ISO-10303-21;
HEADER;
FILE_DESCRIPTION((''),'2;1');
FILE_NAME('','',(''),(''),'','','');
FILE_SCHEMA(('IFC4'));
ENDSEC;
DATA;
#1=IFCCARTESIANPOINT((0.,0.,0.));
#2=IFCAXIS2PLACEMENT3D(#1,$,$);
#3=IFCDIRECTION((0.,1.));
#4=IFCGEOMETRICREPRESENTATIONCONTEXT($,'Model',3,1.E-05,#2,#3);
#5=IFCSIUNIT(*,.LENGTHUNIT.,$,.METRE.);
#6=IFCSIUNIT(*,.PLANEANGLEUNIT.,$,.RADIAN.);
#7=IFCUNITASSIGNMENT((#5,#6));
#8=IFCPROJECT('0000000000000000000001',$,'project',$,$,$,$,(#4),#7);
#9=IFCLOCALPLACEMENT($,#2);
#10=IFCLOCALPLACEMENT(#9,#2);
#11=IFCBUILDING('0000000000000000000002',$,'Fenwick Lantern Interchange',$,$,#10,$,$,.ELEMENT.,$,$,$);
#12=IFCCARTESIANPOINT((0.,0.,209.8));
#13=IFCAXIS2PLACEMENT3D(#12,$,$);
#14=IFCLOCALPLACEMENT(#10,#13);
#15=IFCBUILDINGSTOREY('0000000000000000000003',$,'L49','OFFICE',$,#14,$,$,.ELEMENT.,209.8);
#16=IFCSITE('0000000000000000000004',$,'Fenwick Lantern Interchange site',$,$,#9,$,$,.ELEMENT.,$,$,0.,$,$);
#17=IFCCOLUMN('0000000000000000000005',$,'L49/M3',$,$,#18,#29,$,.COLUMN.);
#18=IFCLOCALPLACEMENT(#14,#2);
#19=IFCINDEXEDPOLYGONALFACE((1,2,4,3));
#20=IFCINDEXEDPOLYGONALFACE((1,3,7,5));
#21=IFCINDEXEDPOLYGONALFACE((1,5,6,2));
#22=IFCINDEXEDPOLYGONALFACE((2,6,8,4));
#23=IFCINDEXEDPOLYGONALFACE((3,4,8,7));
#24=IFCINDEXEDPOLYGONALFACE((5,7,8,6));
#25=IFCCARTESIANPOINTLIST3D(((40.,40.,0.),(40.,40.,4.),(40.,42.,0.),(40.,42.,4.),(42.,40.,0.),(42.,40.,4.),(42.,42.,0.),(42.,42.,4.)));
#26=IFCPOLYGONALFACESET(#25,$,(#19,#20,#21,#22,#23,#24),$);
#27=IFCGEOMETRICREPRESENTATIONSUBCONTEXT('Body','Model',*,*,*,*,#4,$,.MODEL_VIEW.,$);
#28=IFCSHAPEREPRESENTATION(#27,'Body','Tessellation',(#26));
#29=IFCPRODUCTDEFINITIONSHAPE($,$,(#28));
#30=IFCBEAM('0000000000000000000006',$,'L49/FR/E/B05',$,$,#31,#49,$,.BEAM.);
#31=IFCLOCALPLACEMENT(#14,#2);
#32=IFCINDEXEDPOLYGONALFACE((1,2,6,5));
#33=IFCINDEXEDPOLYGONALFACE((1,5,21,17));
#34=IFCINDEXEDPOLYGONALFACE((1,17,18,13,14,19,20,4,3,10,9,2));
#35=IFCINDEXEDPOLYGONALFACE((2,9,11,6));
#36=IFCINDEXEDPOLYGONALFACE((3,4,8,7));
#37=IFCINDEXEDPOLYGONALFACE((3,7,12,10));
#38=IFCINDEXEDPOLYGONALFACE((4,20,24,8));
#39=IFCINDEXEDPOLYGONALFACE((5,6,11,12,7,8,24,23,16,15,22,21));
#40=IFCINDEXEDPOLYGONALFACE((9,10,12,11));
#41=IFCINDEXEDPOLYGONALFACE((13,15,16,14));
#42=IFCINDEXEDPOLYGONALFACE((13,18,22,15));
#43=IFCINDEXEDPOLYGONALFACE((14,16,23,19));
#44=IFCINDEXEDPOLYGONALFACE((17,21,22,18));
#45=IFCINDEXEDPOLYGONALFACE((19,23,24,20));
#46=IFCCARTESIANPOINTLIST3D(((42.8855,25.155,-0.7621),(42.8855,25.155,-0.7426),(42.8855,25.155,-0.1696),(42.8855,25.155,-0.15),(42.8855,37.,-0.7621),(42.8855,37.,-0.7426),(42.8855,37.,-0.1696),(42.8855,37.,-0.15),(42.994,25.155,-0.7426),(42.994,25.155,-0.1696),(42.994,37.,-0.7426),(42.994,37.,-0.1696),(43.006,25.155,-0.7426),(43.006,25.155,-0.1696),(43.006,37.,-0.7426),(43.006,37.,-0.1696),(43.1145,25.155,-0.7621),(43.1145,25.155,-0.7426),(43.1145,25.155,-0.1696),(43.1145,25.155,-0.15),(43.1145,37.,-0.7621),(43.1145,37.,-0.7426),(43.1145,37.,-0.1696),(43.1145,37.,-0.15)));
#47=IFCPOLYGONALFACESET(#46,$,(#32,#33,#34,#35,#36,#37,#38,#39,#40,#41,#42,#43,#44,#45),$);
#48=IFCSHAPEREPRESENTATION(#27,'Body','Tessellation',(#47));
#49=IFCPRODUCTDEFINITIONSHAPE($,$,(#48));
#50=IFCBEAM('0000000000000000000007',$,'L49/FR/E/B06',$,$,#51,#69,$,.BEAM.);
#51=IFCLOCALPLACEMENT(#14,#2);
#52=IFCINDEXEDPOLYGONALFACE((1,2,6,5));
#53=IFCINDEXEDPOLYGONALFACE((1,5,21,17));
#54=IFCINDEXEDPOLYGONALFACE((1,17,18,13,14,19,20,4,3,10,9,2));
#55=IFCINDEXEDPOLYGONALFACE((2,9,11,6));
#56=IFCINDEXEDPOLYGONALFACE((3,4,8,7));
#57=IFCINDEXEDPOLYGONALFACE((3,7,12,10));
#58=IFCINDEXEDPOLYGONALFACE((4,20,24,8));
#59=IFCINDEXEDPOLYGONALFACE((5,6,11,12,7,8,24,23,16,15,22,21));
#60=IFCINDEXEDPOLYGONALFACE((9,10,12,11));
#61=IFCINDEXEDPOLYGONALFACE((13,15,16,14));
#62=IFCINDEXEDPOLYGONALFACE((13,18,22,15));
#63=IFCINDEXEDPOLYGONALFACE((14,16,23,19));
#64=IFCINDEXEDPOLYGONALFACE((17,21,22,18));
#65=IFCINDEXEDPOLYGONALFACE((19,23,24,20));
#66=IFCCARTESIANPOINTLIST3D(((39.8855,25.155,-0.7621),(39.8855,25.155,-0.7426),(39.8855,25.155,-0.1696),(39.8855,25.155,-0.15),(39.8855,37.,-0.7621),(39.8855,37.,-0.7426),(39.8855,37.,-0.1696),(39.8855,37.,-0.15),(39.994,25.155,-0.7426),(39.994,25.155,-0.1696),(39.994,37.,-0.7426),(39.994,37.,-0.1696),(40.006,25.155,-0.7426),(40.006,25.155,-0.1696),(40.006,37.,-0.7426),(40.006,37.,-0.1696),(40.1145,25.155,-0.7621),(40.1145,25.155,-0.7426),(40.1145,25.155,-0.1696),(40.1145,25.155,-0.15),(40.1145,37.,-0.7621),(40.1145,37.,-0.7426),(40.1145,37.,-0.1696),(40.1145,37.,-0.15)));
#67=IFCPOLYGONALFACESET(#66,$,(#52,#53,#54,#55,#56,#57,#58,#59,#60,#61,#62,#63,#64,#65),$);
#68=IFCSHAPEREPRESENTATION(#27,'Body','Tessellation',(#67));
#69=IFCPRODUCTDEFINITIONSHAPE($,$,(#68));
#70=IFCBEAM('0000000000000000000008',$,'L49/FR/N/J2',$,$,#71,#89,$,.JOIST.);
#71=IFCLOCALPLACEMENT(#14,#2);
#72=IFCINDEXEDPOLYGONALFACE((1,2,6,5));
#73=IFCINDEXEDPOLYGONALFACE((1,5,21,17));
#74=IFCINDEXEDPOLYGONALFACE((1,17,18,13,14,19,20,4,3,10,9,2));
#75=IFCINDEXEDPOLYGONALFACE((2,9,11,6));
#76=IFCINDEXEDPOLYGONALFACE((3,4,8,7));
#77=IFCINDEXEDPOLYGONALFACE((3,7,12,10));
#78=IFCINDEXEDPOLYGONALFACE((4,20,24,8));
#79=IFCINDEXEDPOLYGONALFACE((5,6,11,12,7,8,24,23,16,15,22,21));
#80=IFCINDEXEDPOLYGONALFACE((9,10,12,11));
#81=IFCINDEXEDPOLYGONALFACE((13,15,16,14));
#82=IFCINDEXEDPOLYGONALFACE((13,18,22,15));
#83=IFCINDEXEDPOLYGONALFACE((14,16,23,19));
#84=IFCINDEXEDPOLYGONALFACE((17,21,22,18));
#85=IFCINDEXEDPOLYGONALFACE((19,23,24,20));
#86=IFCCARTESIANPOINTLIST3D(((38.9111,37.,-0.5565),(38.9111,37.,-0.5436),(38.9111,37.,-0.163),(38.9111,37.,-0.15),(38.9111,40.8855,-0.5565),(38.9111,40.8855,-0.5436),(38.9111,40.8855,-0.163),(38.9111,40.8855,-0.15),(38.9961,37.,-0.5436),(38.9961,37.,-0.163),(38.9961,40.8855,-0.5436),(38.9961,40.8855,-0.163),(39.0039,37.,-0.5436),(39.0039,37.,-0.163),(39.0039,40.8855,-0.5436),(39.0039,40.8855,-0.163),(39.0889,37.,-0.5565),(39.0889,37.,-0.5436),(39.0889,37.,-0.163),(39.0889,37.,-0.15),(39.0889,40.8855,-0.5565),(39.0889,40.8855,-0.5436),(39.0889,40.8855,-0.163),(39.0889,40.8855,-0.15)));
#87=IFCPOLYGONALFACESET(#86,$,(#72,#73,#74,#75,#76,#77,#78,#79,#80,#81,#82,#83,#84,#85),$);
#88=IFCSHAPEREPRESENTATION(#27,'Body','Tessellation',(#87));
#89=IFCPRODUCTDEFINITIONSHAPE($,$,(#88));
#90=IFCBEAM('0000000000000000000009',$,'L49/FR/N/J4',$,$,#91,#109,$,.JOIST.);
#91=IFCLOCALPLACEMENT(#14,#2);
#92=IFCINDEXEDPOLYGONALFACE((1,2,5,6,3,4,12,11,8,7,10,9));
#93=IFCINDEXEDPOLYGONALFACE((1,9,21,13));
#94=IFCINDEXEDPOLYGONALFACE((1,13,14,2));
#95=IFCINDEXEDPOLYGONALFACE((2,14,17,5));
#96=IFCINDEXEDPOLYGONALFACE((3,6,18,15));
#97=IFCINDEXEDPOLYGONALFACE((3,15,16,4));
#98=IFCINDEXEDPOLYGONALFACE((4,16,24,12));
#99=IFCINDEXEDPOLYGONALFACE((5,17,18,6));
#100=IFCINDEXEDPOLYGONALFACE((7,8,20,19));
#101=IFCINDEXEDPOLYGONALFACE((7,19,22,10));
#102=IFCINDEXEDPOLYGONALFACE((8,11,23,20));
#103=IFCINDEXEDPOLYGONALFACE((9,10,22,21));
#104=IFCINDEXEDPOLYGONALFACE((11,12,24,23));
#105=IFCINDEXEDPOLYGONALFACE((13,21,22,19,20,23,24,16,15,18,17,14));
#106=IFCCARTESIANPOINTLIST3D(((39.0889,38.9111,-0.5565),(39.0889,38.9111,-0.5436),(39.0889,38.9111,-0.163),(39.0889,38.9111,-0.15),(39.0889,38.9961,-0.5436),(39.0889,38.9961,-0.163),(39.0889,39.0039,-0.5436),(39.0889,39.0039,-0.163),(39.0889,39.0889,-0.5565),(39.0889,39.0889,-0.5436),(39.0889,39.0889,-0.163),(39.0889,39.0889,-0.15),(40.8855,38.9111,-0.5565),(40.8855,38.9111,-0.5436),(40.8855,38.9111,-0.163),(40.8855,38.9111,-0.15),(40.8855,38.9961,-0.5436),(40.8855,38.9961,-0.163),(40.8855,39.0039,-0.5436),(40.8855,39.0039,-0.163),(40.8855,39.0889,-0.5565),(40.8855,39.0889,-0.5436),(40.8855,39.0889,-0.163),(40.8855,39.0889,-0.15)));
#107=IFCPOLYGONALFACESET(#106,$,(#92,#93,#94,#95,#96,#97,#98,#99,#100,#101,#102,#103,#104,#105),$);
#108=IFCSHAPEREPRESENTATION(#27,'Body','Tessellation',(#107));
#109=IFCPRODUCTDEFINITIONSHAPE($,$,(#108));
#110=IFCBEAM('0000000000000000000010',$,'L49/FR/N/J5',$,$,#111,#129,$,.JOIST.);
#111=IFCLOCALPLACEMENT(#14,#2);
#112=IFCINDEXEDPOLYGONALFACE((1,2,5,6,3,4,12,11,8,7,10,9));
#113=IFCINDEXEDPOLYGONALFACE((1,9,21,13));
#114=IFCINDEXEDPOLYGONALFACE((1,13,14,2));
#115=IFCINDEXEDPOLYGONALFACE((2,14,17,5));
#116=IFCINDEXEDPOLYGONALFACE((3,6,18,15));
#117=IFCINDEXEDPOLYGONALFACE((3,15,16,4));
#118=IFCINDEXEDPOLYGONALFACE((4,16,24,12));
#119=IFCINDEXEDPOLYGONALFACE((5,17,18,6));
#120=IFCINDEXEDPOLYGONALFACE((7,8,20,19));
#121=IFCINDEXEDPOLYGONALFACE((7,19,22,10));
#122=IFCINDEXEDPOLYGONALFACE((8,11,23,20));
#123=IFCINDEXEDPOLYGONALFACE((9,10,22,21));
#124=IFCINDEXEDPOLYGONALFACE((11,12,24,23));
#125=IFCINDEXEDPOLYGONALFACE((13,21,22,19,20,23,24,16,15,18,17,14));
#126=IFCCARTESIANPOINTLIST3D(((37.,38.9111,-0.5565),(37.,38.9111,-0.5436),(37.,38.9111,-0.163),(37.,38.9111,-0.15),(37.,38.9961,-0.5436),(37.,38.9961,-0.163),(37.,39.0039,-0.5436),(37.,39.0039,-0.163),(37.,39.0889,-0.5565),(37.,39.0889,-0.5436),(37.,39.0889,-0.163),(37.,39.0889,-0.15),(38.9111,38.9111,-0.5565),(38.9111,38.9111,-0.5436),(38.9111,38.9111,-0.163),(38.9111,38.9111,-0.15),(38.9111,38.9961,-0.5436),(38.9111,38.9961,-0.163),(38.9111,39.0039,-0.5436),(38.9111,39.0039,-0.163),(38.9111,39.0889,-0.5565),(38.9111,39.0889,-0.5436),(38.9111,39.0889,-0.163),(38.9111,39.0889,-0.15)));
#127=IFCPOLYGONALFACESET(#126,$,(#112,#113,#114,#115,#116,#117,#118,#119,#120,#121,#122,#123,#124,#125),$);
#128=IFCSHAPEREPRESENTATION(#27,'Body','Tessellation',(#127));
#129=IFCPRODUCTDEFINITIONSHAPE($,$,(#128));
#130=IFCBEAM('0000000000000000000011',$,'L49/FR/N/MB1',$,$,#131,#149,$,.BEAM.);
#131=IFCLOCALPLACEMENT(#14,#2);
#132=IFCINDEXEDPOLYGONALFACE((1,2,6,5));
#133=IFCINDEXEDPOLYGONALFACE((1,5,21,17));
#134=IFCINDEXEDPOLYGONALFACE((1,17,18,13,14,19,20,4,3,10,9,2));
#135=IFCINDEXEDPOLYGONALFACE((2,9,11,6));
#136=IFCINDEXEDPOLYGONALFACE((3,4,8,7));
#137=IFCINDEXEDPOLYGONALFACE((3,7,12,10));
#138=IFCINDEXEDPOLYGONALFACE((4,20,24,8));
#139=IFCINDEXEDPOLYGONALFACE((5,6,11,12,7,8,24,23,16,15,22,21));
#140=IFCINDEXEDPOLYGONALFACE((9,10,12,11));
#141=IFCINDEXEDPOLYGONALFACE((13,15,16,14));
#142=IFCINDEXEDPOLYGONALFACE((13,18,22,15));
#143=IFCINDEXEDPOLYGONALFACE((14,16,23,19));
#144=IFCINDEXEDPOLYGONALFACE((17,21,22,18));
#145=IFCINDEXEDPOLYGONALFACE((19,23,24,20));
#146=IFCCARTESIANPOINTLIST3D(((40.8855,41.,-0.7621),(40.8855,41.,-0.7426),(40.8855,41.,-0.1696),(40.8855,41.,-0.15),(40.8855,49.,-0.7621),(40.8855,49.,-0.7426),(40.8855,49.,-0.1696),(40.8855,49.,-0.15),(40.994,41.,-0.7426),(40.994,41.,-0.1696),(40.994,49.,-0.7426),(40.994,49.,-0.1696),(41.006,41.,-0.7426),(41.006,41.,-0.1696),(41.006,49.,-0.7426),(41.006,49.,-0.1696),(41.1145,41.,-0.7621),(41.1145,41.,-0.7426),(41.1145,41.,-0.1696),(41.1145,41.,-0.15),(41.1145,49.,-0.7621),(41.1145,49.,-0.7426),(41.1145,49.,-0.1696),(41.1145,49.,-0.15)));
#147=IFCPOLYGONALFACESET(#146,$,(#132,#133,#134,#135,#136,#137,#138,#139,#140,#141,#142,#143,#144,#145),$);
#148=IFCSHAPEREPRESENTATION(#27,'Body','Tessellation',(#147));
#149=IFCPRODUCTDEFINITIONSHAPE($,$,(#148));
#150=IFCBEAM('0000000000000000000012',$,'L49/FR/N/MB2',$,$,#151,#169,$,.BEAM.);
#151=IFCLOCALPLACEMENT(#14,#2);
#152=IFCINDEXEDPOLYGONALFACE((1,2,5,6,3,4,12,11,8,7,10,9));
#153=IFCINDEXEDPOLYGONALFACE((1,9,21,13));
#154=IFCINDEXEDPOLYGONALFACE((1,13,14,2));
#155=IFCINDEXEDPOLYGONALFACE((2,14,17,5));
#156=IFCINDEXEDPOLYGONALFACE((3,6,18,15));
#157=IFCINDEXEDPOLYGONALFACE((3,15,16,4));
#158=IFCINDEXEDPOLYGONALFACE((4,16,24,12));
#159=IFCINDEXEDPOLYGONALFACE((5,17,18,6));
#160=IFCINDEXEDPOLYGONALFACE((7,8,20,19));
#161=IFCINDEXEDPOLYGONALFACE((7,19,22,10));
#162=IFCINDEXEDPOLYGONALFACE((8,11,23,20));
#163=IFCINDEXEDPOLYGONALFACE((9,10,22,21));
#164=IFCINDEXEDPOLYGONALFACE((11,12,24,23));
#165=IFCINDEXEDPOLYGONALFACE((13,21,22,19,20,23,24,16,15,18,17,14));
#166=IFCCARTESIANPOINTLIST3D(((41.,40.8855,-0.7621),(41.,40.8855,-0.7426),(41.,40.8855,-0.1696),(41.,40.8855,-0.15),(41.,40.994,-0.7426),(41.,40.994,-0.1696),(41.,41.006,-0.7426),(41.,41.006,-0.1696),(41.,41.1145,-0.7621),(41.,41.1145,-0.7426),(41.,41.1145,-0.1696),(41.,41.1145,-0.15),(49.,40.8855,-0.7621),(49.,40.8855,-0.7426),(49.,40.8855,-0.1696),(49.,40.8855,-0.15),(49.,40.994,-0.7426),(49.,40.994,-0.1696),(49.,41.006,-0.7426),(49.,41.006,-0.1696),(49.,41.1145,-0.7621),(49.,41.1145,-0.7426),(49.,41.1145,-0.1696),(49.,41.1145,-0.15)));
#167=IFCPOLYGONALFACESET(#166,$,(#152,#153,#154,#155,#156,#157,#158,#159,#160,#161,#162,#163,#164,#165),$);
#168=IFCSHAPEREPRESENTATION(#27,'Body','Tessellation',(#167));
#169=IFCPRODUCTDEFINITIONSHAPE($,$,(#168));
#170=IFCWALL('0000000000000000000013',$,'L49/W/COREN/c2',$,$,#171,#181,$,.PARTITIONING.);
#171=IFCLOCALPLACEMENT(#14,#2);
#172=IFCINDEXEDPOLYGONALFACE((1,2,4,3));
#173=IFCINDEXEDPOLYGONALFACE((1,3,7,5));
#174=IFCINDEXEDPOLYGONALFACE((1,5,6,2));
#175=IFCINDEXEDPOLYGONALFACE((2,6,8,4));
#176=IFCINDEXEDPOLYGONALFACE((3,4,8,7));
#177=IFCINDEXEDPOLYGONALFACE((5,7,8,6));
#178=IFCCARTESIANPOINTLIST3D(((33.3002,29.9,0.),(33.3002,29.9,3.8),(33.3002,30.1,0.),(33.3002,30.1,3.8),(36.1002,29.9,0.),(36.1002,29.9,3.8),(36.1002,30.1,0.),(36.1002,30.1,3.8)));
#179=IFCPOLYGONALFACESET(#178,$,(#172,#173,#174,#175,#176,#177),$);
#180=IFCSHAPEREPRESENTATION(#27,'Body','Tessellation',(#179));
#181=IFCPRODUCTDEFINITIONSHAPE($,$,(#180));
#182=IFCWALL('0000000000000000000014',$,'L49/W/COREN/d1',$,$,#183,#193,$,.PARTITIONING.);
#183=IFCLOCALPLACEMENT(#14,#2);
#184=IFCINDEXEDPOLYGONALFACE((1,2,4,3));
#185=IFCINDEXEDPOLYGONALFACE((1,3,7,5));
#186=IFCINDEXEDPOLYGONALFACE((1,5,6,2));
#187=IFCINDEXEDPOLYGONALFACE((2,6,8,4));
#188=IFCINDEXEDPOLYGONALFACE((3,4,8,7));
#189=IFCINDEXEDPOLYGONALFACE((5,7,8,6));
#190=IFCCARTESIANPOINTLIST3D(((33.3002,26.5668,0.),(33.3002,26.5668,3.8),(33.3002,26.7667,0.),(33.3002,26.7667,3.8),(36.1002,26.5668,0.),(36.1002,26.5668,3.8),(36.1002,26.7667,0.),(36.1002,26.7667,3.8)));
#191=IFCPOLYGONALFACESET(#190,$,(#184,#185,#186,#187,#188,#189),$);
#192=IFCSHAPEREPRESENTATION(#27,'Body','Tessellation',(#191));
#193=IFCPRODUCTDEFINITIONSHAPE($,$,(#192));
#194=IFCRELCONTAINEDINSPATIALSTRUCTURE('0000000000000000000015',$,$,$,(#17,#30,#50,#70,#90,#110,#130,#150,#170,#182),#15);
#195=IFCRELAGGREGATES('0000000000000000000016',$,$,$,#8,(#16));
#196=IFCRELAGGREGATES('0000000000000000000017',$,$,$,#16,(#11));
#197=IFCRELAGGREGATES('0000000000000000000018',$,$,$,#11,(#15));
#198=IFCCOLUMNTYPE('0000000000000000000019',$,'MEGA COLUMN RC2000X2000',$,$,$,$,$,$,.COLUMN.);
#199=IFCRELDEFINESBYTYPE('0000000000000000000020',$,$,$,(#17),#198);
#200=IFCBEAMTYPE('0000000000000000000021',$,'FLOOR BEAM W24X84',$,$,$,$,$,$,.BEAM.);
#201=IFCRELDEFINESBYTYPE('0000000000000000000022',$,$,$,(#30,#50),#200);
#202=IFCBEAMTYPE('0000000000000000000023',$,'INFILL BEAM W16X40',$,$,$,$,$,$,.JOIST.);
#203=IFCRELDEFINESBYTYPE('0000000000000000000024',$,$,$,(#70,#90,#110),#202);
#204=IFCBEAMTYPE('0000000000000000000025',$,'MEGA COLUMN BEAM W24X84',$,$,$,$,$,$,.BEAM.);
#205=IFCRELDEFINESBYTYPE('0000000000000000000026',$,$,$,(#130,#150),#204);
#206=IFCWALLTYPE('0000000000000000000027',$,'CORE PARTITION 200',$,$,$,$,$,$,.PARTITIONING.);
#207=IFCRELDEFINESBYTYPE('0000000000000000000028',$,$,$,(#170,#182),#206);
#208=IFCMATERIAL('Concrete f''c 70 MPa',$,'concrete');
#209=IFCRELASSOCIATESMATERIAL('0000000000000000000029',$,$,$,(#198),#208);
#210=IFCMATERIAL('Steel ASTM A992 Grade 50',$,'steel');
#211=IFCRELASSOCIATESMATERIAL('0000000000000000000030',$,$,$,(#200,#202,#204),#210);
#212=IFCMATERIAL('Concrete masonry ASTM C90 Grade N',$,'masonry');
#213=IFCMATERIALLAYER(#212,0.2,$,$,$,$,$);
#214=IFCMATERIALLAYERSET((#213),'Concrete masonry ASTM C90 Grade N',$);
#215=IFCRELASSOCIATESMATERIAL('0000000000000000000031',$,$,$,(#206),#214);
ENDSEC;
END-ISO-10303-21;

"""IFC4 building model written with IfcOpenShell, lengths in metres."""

from ifc_helpers import new_model, si_unit, direction, frame, frame_2d, origin, origin_2d, place, context, subcontext, project, spatial, rectangle, i_section, extrude, material, layer, layer_set, material_profile, profile_set, type_object, element, save


model = new_model("IFC4")

# Units and contexts
model_context = context("Model", 3, precision=1e-05, world=origin(), true_north=direction((0.0, 1.0)))
body_context = subcontext(model_context, "Body", "Model", "MODEL_VIEW")
ifc_project = project(units=[si_unit("LENGTHUNIT", "METRE"), si_unit("PLANEANGLEUNIT", "RADIAN")], contexts=[model_context])

# Site, building, storey
site_placement = place(None, origin())
site = spatial("IfcSite", under=ifc_project, at=site_placement, Name="Fenwick Lantern Interchange site", CompositionType="ELEMENT", RefElevation=0.0)
building_placement = place(site_placement, origin())
building = spatial("IfcBuilding", under=site, at=building_placement, Name="Fenwick Lantern Interchange", CompositionType="ELEMENT")
storey_placement = place(building_placement, frame((0.0, 0.0, 209.8)))
storey = spatial("IfcBuildingStorey", under=building, at=storey_placement, Name="L49", Description="OFFICE", CompositionType="ELEMENT", Elevation=209.8)

# Column
ifc_material_1 = material(Name="Concrete f'c 70 MPa", Category="concrete")
ifc_material_profile_1 = material_profile(ifc_material_1, rectangle(XDim=2.0, YDim=2.0, at=origin_2d()), Name="RC2000X2000")
ifc_profile_set_1 = profile_set([ifc_material_profile_1], Name="Concrete f'c 70 MPa")
column_type = type_object("IfcColumnType", Name="MEGA COLUMN RC2000X2000", PredefinedType="COLUMN", material=ifc_profile_set_1)
column_placement = place(storey_placement, frame((41.0, 41.0, 0.0), z_axis=(0.0, 0.0, 1.0), x_axis=(1.0, 0.0, 0.0)))
element("IfcColumn", 1, at=column_placement, inside=storey, type_object=column_type, Name="L49/M3", PredefinedType="COLUMN", context=body_context, shape_type="SweptSolid", body=[
    extrude(rectangle(XDim=2.0, YDim=2.0, at=origin_2d()), origin(), (0.0, 0.0, 1.0), 4.0),
])

# Beams
ifc_material_2 = material(Name="Steel ASTM A992 Grade 50", Category="steel")
ifc_material_profile_2 = material_profile(ifc_material_2, i_section(OverallWidth=0.229, OverallDepth=0.6121, WebThickness=0.012, FlangeThickness=0.0195, at=origin_2d()), Name="W24X84")
ifc_profile_set_2 = profile_set([ifc_material_profile_2], Name="Steel ASTM A992 Grade 50")
beam_type_1 = type_object("IfcBeamType", Name="FLOOR BEAM W24X84", PredefinedType="BEAM", material=ifc_profile_set_2)
for number, where, z_axis, x_axis, name in (
    (2, (43.0, 25.155, -0.4561), (0.0, 1.0, 0.0), (-1.0, 0.0, 0.0), "L49/FR/E/B05"),
    (3, (40.0, 25.155, -0.4561), (0.0, 1.0, 0.0), (-1.0, 0.0, 0.0), "L49/FR/E/B06"),
):
    element("IfcBeam", number, at=place(storey_placement, frame(where, z_axis=z_axis, x_axis=x_axis)), inside=storey, type_object=beam_type_1, Name=name, PredefinedType="BEAM", context=body_context, shape_type="SweptSolid", body=[
        extrude(i_section(OverallWidth=0.229, OverallDepth=0.6121, WebThickness=0.012, FlangeThickness=0.0195, at=origin_2d()), origin(), (0.0, 0.0, 1.0), 11.845),
    ])
ifc_material_profile_3 = material_profile(ifc_material_2, i_section(OverallWidth=0.1777, OverallDepth=0.4065, WebThickness=0.0078, FlangeThickness=0.0129, at=origin_2d()), Name="W16X40")
ifc_profile_set_3 = profile_set([ifc_material_profile_3], Name="Steel ASTM A992 Grade 50")
beam_type_2 = type_object("IfcBeamType", Name="INFILL BEAM W16X40", PredefinedType="JOIST", material=ifc_profile_set_3)
beam_1_placement = place(storey_placement, frame((39.0, 40.8855, -0.3533), z_axis=(0.0, -1.0, 0.0), x_axis=(1.0, 0.0, 0.0)))
element("IfcBeam", 4, at=beam_1_placement, inside=storey, type_object=beam_type_2, Name="L49/FR/N/J2", PredefinedType="JOIST", context=body_context, shape_type="SweptSolid", body=[
    extrude(i_section(OverallWidth=0.1777, OverallDepth=0.4065, WebThickness=0.0078, FlangeThickness=0.0129, at=origin_2d()), origin(), (0.0, 0.0, 1.0), 3.8855),
])
beam_2_placement = place(storey_placement, frame((40.8855, 39.0, -0.3533), z_axis=(-1.0, 0.0, 0.0), x_axis=(0.0, -1.0, 0.0)))
element("IfcBeam", 5, at=beam_2_placement, inside=storey, type_object=beam_type_2, Name="L49/FR/N/J4", PredefinedType="JOIST", context=body_context, shape_type="SweptSolid", body=[
    extrude(i_section(OverallWidth=0.1777, OverallDepth=0.4065, WebThickness=0.0078, FlangeThickness=0.0129, at=origin_2d()), origin(), (0.0, 0.0, 1.0), 1.7966),
])
beam_3_placement = place(storey_placement, frame((38.9111, 39.0, -0.3533), z_axis=(-1.0, 0.0, 0.0), x_axis=(0.0, -1.0, 0.0)))
element("IfcBeam", 6, at=beam_3_placement, inside=storey, type_object=beam_type_2, Name="L49/FR/N/J5", PredefinedType="JOIST", context=body_context, shape_type="SweptSolid", body=[
    extrude(i_section(OverallWidth=0.1777, OverallDepth=0.4065, WebThickness=0.0078, FlangeThickness=0.0129, at=origin_2d()), origin(), (0.0, 0.0, 1.0), 1.9111),
])
ifc_material_profile_4 = material_profile(ifc_material_2, i_section(OverallWidth=0.229, OverallDepth=0.6121, WebThickness=0.012, FlangeThickness=0.0195, at=origin_2d()), Name="W24X84")
ifc_profile_set_4 = profile_set([ifc_material_profile_4], Name="Steel ASTM A992 Grade 50")
beam_type_3 = type_object("IfcBeamType", Name="MEGA COLUMN BEAM W24X84", PredefinedType="BEAM", material=ifc_profile_set_4)
for number, where, z_axis, x_axis, name in (
    (7, (41.0, 41.0, -0.4561), (0.0, 1.0, 0.0), (-1.0, 0.0, 0.0), "L49/FR/N/MB1"),
    (8, (41.0, 41.0, -0.4561), (1.0, 0.0, 0.0), (0.0, 1.0, 0.0), "L49/FR/N/MB2"),
):
    element("IfcBeam", number, at=place(storey_placement, frame(where, z_axis=z_axis, x_axis=x_axis)), inside=storey, type_object=beam_type_3, Name=name, PredefinedType="BEAM", context=body_context, shape_type="SweptSolid", body=[
        extrude(i_section(OverallWidth=0.229, OverallDepth=0.6121, WebThickness=0.012, FlangeThickness=0.0195, at=origin_2d()), origin(), (0.0, 0.0, 1.0), 8.0),
    ])

# Walls
ifc_material_3 = material(Name="Concrete masonry ASTM C90 Grade N", Category="masonry")
ifc_layer_1 = layer(ifc_material_3, 0.2)
ifc_layer_set_1 = layer_set([ifc_layer_1], Name="Concrete masonry ASTM C90 Grade N")
wall_type_1 = type_object("IfcWallType", Name="CORE PARTITION 200", PredefinedType="PARTITIONING", material=ifc_layer_set_1)
for number, where, z_axis, x_axis, name in (
    (9, (36.1001, 30.0, 0.0), (0.0, 0.0, 1.0), (-1.0, 0.0, 0.0), "L49/W/COREN/c2"),
    (10, (36.1001, 26.6667, 0.0), (0.0, 0.0, 1.0), (-1.0, 0.0, 0.0), "L49/W/COREN/d1"),
):
    element("IfcWall", number, at=place(storey_placement, frame(where, z_axis=z_axis, x_axis=x_axis)), inside=storey, type_object=wall_type_1, Name=name, PredefinedType="PARTITIONING", context=body_context, shape_type="SweptSolid", body=[
        extrude(rectangle(XDim=2.8, YDim=0.2, at=frame_2d((1.3999, 0.0))), origin(), (0.0, 0.0, 1.0), 3.8),
    ])

save(model, "model.ifc")
